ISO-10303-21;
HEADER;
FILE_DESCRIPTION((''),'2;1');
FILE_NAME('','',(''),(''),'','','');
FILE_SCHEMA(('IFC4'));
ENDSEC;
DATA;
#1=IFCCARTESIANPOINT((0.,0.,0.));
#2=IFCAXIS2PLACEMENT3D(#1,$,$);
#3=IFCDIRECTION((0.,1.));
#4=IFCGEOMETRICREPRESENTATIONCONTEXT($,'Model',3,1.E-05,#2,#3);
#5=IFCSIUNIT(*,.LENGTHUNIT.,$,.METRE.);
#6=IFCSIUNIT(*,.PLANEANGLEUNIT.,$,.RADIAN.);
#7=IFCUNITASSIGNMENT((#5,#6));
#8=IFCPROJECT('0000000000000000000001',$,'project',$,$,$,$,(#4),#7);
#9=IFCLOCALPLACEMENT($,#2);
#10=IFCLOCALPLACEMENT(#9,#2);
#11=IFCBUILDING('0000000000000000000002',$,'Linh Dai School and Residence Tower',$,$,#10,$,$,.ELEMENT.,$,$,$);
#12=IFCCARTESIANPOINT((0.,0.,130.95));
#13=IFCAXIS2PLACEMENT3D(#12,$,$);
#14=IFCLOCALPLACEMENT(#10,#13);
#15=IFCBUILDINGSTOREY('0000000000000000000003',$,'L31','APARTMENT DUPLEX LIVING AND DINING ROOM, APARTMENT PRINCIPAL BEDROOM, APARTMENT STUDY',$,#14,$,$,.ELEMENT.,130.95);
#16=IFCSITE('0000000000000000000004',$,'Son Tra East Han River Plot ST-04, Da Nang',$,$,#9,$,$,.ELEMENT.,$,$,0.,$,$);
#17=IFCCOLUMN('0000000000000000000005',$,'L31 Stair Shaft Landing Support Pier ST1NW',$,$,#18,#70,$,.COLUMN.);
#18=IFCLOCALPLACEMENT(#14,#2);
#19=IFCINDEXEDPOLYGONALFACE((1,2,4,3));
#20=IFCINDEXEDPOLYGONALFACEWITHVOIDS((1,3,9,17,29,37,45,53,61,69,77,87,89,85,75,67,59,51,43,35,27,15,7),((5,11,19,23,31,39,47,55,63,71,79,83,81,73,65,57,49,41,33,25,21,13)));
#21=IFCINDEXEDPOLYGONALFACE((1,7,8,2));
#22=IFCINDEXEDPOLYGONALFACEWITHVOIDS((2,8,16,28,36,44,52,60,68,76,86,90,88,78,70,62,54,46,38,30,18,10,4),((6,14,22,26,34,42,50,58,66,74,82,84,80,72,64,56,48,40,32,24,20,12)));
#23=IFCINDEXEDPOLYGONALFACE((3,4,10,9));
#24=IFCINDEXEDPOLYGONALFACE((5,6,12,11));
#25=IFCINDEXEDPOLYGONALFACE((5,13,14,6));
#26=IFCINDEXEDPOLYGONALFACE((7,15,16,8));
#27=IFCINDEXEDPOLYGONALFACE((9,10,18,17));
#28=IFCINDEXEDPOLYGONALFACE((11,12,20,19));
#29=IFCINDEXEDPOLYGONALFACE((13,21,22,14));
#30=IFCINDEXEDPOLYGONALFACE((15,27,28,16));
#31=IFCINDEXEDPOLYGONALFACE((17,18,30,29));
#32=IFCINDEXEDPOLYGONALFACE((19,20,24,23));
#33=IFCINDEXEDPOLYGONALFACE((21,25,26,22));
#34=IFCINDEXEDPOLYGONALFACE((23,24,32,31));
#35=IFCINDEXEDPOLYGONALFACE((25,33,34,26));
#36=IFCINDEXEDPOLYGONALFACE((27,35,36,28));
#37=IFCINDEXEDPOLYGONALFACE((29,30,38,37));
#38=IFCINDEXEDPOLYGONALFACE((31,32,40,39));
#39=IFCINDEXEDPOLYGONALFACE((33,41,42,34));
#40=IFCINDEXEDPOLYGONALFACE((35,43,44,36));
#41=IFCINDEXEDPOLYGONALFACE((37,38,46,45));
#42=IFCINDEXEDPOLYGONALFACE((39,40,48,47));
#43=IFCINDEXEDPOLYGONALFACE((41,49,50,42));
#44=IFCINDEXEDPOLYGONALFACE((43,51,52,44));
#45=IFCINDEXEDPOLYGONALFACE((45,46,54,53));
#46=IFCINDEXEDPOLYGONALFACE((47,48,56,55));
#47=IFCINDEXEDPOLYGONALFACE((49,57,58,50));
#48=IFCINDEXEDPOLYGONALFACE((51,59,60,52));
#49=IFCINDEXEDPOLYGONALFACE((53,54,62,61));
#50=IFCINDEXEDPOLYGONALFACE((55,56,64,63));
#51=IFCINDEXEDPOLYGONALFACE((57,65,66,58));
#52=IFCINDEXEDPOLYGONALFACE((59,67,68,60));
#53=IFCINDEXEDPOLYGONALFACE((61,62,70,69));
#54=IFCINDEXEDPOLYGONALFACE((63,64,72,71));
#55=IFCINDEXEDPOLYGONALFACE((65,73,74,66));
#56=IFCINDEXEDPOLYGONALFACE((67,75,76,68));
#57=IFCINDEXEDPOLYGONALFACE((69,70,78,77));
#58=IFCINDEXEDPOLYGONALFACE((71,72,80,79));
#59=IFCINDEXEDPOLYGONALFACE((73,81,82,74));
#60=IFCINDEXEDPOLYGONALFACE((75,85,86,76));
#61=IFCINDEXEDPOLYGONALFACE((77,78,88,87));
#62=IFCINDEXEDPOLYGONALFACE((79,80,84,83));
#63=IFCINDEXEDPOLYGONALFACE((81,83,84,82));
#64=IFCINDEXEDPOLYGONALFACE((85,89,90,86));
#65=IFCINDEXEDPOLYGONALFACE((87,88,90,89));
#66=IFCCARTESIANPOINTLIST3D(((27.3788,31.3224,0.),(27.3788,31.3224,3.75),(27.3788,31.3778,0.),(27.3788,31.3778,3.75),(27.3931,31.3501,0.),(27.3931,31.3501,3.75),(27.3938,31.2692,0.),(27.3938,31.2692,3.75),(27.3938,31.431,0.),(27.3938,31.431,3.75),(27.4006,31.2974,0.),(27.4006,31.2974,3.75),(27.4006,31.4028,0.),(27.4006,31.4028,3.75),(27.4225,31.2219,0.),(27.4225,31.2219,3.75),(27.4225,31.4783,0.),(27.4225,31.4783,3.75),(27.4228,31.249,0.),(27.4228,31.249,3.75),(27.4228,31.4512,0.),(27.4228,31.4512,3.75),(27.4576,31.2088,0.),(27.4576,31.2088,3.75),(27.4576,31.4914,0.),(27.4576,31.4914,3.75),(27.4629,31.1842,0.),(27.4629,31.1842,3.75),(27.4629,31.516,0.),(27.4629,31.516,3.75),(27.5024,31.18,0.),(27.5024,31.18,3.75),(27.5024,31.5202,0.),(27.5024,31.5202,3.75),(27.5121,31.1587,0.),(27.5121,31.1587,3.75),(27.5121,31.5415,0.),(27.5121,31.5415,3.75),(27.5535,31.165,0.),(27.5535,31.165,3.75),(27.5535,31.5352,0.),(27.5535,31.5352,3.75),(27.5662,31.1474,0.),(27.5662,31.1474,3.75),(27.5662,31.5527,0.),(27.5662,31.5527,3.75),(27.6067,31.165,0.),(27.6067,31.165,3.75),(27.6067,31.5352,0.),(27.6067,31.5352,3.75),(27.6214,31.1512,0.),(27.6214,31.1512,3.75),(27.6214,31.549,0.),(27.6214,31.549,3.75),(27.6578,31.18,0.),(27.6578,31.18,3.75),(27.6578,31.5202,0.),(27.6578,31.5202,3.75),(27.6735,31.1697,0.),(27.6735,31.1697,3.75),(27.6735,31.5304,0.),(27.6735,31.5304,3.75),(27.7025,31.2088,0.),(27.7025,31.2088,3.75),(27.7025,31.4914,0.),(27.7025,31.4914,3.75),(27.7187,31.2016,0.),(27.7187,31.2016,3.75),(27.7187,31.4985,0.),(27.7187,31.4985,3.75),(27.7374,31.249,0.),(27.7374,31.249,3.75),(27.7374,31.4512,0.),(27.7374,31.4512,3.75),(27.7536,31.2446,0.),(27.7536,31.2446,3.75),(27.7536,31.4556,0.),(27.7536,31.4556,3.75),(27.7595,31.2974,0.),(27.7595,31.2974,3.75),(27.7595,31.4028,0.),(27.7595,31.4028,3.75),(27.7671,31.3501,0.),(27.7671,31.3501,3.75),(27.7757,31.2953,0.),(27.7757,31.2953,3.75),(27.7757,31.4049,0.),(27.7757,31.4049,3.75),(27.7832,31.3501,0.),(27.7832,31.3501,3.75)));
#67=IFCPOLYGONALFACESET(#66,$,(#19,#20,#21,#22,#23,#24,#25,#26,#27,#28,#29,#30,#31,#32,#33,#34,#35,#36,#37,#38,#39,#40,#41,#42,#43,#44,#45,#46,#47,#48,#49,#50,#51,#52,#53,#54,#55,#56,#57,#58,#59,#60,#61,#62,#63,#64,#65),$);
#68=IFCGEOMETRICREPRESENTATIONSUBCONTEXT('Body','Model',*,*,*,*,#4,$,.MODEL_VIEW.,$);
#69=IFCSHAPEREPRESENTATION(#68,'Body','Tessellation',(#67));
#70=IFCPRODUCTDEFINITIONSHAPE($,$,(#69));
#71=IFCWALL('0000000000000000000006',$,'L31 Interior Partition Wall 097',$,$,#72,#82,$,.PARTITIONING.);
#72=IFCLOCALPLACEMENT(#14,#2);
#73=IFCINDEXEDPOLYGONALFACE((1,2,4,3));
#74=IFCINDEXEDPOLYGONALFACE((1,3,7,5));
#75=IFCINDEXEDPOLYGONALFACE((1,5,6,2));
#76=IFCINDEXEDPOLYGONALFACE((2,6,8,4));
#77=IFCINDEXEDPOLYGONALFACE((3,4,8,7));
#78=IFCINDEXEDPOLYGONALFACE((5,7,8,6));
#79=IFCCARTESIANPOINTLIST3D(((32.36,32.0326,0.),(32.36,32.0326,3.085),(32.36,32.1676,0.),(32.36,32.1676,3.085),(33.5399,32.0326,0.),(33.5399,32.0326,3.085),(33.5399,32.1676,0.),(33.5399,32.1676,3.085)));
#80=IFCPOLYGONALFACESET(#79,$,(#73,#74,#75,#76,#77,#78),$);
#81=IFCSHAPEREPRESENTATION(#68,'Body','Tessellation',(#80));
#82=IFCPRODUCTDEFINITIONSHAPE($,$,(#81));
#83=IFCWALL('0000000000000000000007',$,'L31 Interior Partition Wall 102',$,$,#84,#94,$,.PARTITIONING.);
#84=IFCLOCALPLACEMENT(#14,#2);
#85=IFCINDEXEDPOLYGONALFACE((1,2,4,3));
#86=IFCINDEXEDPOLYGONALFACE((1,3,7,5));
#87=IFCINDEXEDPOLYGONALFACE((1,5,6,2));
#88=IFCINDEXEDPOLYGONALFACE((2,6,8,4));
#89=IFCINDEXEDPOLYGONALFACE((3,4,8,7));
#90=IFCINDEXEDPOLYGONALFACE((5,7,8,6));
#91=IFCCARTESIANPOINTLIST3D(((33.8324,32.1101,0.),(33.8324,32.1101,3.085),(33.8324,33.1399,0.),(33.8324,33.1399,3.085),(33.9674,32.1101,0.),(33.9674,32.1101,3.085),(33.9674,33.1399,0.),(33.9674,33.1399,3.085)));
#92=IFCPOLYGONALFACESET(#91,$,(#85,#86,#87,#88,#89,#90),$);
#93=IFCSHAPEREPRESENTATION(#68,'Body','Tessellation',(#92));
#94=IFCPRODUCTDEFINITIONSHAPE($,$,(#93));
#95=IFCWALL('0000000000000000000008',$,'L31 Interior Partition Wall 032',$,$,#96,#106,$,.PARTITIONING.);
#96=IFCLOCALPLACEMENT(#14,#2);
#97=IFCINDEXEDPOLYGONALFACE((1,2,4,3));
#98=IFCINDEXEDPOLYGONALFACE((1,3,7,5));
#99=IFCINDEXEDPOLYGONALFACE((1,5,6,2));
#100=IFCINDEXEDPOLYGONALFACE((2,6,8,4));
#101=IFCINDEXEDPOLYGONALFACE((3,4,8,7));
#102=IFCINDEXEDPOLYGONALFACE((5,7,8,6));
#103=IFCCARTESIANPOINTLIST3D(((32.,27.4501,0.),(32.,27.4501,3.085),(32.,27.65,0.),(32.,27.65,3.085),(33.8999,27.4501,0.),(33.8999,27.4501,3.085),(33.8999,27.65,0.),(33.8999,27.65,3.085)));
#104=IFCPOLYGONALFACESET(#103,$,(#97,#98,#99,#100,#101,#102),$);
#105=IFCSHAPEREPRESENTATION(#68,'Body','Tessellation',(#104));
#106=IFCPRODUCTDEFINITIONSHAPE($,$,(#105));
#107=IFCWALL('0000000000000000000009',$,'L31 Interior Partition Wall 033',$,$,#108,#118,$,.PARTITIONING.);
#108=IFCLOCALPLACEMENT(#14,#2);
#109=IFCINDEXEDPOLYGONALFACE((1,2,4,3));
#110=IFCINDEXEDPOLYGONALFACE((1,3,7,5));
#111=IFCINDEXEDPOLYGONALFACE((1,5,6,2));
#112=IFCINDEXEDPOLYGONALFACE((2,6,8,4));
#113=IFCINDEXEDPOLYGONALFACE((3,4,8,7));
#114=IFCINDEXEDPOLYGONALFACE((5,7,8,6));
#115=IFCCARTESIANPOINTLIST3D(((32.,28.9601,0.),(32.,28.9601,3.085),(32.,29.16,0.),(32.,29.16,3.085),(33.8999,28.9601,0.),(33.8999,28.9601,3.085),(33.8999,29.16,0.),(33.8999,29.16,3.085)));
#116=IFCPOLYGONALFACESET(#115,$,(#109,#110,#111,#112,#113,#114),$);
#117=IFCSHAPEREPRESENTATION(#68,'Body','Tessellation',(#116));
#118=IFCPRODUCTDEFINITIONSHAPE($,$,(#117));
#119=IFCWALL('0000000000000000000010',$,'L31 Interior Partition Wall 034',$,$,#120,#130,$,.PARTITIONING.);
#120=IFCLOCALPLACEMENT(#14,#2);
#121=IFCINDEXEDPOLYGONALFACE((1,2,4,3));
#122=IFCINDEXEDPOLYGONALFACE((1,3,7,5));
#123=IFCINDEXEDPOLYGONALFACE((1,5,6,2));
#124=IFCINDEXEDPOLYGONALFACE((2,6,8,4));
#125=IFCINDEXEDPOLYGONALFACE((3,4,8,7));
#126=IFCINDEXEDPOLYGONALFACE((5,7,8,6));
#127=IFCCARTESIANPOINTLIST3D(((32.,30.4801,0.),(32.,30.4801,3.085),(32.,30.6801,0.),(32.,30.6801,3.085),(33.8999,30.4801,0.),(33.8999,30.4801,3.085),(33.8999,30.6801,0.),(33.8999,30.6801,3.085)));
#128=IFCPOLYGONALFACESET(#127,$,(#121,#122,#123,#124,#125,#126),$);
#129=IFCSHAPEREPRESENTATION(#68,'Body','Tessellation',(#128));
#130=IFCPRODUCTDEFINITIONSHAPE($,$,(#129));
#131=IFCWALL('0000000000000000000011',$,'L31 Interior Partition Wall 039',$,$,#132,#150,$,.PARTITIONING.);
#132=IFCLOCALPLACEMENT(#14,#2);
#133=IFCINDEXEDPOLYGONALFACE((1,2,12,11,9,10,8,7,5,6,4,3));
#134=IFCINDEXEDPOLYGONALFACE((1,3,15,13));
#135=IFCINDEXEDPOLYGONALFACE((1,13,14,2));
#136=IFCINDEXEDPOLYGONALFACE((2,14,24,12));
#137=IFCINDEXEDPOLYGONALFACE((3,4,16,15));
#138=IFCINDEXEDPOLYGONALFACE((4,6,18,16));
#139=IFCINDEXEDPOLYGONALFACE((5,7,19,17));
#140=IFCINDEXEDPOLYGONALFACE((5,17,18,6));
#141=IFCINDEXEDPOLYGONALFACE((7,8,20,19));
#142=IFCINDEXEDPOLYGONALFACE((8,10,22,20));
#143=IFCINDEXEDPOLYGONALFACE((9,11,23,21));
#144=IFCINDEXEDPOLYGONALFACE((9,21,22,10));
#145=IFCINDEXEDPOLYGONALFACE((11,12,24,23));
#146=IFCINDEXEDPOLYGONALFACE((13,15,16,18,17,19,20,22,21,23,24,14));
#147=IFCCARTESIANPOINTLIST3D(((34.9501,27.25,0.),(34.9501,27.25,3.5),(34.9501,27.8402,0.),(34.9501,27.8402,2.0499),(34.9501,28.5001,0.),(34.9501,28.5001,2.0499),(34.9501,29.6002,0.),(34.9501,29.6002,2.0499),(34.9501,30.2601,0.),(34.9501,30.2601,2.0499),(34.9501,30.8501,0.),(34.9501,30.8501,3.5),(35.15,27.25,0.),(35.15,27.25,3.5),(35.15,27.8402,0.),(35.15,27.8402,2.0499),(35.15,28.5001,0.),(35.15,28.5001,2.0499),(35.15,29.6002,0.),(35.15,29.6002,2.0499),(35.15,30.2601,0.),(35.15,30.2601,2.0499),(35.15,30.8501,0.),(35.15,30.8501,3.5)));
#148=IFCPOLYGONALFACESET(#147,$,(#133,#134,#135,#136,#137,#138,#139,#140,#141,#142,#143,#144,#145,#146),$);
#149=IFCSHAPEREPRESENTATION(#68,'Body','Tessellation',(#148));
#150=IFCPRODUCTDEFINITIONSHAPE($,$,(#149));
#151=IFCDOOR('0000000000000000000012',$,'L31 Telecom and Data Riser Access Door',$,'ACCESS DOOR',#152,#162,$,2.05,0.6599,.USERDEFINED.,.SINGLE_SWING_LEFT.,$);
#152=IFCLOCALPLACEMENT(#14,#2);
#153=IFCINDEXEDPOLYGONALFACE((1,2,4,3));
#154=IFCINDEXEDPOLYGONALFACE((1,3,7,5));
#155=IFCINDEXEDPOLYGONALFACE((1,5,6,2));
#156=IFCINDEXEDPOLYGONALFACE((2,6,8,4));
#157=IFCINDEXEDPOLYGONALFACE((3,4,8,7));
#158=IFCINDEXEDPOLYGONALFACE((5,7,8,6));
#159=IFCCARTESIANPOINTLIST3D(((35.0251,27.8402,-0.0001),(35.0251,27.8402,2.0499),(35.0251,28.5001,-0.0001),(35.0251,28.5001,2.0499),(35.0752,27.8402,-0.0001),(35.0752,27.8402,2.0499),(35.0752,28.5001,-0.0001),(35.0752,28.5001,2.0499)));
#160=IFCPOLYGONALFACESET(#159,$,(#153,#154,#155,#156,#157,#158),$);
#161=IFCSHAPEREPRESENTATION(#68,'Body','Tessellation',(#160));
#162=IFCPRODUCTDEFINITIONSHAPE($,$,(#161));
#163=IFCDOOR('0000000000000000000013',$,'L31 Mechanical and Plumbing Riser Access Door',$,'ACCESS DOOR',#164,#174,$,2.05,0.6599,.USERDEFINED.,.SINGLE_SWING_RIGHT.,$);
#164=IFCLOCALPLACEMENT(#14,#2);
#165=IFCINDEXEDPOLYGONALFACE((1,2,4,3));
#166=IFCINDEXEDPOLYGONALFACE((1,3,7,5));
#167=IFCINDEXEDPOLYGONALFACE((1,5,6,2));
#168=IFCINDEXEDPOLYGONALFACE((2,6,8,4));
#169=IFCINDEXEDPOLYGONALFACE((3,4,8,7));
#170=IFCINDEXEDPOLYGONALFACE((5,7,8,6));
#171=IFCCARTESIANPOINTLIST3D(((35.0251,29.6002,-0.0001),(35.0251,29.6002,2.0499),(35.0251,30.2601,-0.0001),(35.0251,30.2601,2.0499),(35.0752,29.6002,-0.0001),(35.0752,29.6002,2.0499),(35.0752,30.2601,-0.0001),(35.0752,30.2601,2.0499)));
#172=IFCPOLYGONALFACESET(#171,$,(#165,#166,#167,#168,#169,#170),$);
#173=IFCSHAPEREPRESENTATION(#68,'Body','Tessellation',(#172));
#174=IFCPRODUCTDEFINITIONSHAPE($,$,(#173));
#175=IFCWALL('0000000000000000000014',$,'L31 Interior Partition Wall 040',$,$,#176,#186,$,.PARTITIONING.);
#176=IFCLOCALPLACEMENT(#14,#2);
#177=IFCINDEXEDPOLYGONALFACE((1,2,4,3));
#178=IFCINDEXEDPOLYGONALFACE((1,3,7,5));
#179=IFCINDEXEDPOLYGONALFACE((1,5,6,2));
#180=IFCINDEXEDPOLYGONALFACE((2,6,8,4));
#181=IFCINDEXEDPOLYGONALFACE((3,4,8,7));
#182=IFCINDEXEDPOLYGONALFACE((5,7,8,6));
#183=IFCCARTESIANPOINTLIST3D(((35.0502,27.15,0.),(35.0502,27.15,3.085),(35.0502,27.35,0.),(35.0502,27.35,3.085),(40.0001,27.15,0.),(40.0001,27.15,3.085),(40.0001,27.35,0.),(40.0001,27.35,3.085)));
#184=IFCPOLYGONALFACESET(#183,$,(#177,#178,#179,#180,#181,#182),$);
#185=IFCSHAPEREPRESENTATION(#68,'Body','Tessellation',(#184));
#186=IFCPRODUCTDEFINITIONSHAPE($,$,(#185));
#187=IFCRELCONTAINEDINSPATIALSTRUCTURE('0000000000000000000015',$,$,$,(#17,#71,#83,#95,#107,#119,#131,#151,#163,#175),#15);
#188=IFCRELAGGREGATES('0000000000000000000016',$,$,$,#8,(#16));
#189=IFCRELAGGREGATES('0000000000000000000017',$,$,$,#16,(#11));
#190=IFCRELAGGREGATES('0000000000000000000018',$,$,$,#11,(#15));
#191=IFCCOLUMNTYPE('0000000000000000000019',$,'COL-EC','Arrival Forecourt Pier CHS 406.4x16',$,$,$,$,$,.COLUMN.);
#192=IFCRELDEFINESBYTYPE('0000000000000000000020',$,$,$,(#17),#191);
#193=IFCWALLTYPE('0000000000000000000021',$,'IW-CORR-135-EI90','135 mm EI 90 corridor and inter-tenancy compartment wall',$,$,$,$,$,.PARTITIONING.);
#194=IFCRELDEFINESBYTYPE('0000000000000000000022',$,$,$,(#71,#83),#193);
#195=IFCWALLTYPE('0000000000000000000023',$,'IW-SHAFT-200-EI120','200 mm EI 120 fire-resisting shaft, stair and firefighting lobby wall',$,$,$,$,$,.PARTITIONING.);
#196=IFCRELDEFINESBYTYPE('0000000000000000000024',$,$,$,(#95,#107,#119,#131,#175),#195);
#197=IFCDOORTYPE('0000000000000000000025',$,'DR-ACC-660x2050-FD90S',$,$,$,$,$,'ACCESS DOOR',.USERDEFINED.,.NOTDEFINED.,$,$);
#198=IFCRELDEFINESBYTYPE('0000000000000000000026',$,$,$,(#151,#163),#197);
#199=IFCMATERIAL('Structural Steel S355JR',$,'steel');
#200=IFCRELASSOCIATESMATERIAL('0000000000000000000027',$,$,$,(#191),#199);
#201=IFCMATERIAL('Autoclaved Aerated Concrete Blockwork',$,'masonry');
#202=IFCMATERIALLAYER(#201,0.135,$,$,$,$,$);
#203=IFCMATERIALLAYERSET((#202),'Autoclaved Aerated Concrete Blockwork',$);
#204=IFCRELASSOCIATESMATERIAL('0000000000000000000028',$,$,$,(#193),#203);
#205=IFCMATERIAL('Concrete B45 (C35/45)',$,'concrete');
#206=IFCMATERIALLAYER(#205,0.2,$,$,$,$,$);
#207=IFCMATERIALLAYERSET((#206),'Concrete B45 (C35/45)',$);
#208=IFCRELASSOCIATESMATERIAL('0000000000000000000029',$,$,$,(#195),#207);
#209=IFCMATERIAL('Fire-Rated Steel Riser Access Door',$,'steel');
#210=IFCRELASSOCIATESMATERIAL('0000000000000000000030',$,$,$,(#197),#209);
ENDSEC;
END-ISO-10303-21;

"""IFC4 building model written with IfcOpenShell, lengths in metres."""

from ifc_helpers import new_model, si_unit, direction, frame, frame_2d, origin, origin_2d, place, context, subcontext, project, spatial, rectangle, hollow_circle, extrude, source, transform, mapped, material, layer, layer_set, material_profile, profile_set, type_object, element, fill, save


model = new_model("IFC4")

# Units and contexts
model_context = context("Model", 3, precision=1e-05, world=origin(), true_north=direction((0.0, 1.0)))
body_context = subcontext(model_context, "Body", "Model", "MODEL_VIEW")
ifc_project = project(units=[si_unit("LENGTHUNIT", "METRE"), si_unit("PLANEANGLEUNIT", "RADIAN")], contexts=[model_context])

# Site, building, storey
site_placement = place(None, origin())
site = spatial("IfcSite", under=ifc_project, at=site_placement, Name="Son Tra East Han River Plot ST-04, Da Nang", CompositionType="ELEMENT", RefElevation=0.0)
building_placement = place(site_placement, origin())
building = spatial("IfcBuilding", under=site, at=building_placement, Name="Linh Dai School and Residence Tower", CompositionType="ELEMENT")
storey_placement = place(building_placement, frame((0.0, 0.0, 130.95)))
storey = spatial("IfcBuildingStorey", under=building, at=storey_placement, Name="L31", Description="APARTMENT DUPLEX LIVING AND DINING ROOM, APARTMENT PRINCIPAL BEDROOM, APARTMENT STUDY", CompositionType="ELEMENT", Elevation=130.95)

# Column
ifc_material_1 = material(Name="Structural Steel S355JR", Category="steel")
ifc_material_profile = material_profile(ifc_material_1, hollow_circle(Radius=0.2031, WallThickness=0.0161, at=origin_2d()), Name="CHS 406.4x16")
ifc_profile_set = profile_set([ifc_material_profile], Name="Structural Steel S355JR")
column_type = type_object("IfcColumnType", Name="COL-EC", Description="Arrival Forecourt Pier CHS 406.4x16", PredefinedType="COLUMN", material=ifc_profile_set)
column_placement = place(storey_placement, frame((27.5801, 31.3501, 0.0), z_axis=(0.0, 0.0, 1.0), x_axis=(1.0, 0.0, 0.0)))
element("IfcColumn", 1, at=column_placement, inside=storey, type_object=column_type, Name="L31 Stair Shaft Landing Support Pier ST1NW", PredefinedType="COLUMN", context=body_context, shape_type="SweptSolid", body=[
    extrude(hollow_circle(Radius=0.2031, WallThickness=0.0161, at=origin_2d()), origin(), (0.0, 0.0, 1.0), 3.75),
])

# Walls
ifc_material_2 = material(Name="Autoclaved Aerated Concrete Blockwork", Category="masonry")
ifc_layer_1 = layer(ifc_material_2, 0.135)
ifc_layer_set_1 = layer_set([ifc_layer_1], Name="Autoclaved Aerated Concrete Blockwork")
wall_type_1 = type_object("IfcWallType", Name="IW-CORR-135-EI90", Description="135 mm EI 90 corridor and inter-tenancy compartment wall", PredefinedType="PARTITIONING", material=ifc_layer_set_1)
wall_1_placement = place(storey_placement, frame((32.3601, 32.1001, 0.0), z_axis=(0.0, 0.0, 1.0), x_axis=(1.0, 0.0, 0.0)))
element("IfcWall", 2, at=wall_1_placement, inside=storey, type_object=wall_type_1, Name="L31 Interior Partition Wall 097", PredefinedType="PARTITIONING", context=body_context, shape_type="SweptSolid", body=[
    extrude(rectangle(XDim=1.1799, YDim=0.135, at=frame_2d((0.5898, 0.0))), origin(), (0.0, 0.0, 1.0), 3.085),
])
wall_2_placement = place(storey_placement, frame((33.8999, 32.1101, 0.0), z_axis=(0.0, 0.0, 1.0), x_axis=(0.0, 1.0, 0.0)))
element("IfcWall", 3, at=wall_2_placement, inside=storey, type_object=wall_type_1, Name="L31 Interior Partition Wall 102", PredefinedType="PARTITIONING", context=body_context, shape_type="SweptSolid", body=[
    extrude(rectangle(XDim=1.0298, YDim=0.135, at=frame_2d((0.5149, 0.0))), origin(), (0.0, 0.0, 1.0), 3.085),
])
ifc_material_3 = material(Name="Concrete B45 (C35/45)", Category="concrete")
ifc_layer_2 = layer(ifc_material_3, 0.2)
ifc_layer_set_2 = layer_set([ifc_layer_2], Name="Concrete B45 (C35/45)")
wall_type_2 = type_object("IfcWallType", Name="IW-SHAFT-200-EI120", Description="200 mm EI 120 fire-resisting shaft, stair and firefighting lobby wall", PredefinedType="PARTITIONING", material=ifc_layer_set_2)
for number, where, z_axis, x_axis, name in (
    (4, (32.0, 27.55, 0.0), (0.0, 0.0, 1.0), (1.0, 0.0, 0.0), "L31 Interior Partition Wall 032"),
    (5, (32.0, 29.0601, 0.0), (0.0, 0.0, 1.0), (1.0, 0.0, 0.0), "L31 Interior Partition Wall 033"),
    (6, (32.0, 30.5801, 0.0), (0.0, 0.0, 1.0), (1.0, 0.0, 0.0), "L31 Interior Partition Wall 034"),
):
    element("IfcWall", number, at=place(storey_placement, frame(where, z_axis=z_axis, x_axis=x_axis)), inside=storey, type_object=wall_type_2, Name=name, PredefinedType="PARTITIONING", context=body_context, shape_type="SweptSolid", body=[
        extrude(rectangle(XDim=1.8999, YDim=0.2, at=frame_2d((0.95, 0.0))), origin(), (0.0, 0.0, 1.0), 3.085),
    ])

# Wall, openings, doors
wall_3_placement = place(storey_placement, frame((35.05, 27.25, 0.0), z_axis=(0.0, 0.0, 1.0), x_axis=(0.0, 1.0, 0.0)))
wall_3 = element("IfcWall", 7, at=wall_3_placement, inside=storey, type_object=wall_type_2, Name="L31 Interior Partition Wall 039", PredefinedType="PARTITIONING", context=body_context, shape_type="SweptSolid", body=[
    extrude(rectangle(XDim=3.6001, YDim=0.2, at=frame_2d((1.8, 0.0))), origin(), (0.0, 0.0, 1.0), 3.5),
])
opening_1_placement = place(wall_3_placement, frame((0.5901, 0.0, 0.0)))
opening_1 = element("IfcOpeningElement", 8, at=opening_1_placement, cuts=wall_3, PredefinedType="OPENING", context=body_context, shape_type="SweptSolid", body=[
    extrude(rectangle(XDim=0.6599, YDim=2.05, at=origin_2d()), frame((0.3301, 0.1099, 1.0249), z_axis=(0.0, -1.0, 0.0), x_axis=(1.0, 0.0, 0.0)), (0.0, 0.0, 1.0), 0.22),
])
opening_2_placement = place(wall_3_placement, frame((2.3501, 0.0, 0.0)))
opening_2 = element("IfcOpeningElement", 9, at=opening_2_placement, cuts=wall_3, PredefinedType="OPENING", context=body_context, shape_type="SweptSolid", body=[
    extrude(rectangle(XDim=0.6599, YDim=2.05, at=origin_2d()), frame((0.3301, 0.1099, 1.0249), z_axis=(0.0, -1.0, 0.0), x_axis=(1.0, 0.0, 0.0)), (0.0, 0.0, 1.0), 0.22),
])
ifc_material_4 = material(Name="Fire-Rated Steel Riser Access Door", Category="steel")
door_type_1 = type_object("IfcDoorType", Name="DR-ACC-660x2050-FD90S", ElementType="ACCESS DOOR", OperationType="NOTDEFINED", PredefinedType="USERDEFINED", material=ifc_material_4)
shared_shape_1 = source(origin(), body_context, "Body", "SweptSolid", [
    extrude(rectangle(XDim=0.6599, YDim=2.05, at=origin_2d()), frame((0.3301, 0.0249, 1.0249), z_axis=(0.0, -1.0, 0.0), x_axis=(1.0, 0.0, 0.0)), (0.0, 0.0, 1.0), 0.05),
])
door_1_placement = place(opening_1_placement, origin())
door_1 = element("IfcDoor", 10, at=door_1_placement, inside=storey, type_object=door_type_1, Name="L31 Telecom and Data Riser Access Door", ObjectType="ACCESS DOOR", OperationType="SINGLE_SWING_LEFT", OverallHeight=2.05, OverallWidth=0.6599, PredefinedType="USERDEFINED", context=body_context, shape_type="MappedRepresentation", body=[
    mapped(shared_shape_1, transform((0.0, 0.0, 0.0), x_axis=(1.0, 0.0, 0.0), y_axis=(0.0, 1.0, 0.0), z_axis=(0.0, 0.0, 1.0), scale=1.0)),
])
fill(opening_1, door_1)
door_2_placement = place(opening_2_placement, origin())
door_2 = element("IfcDoor", 11, at=door_2_placement, inside=storey, type_object=door_type_1, Name="L31 Mechanical and Plumbing Riser Access Door", ObjectType="ACCESS DOOR", OperationType="SINGLE_SWING_RIGHT", OverallHeight=2.05, OverallWidth=0.6599, PredefinedType="USERDEFINED", context=body_context, shape_type="MappedRepresentation", body=[
    mapped(shared_shape_1, transform((0.0, 0.0, 0.0), x_axis=(1.0, 0.0, 0.0), y_axis=(0.0, 1.0, 0.0), z_axis=(0.0, 0.0, 1.0), scale=1.0)),
])
fill(opening_2, door_2)

# Wall
wall_4_placement = place(storey_placement, frame((35.05, 27.25, 0.0), z_axis=(0.0, 0.0, 1.0), x_axis=(1.0, 0.0, 0.0)))
element("IfcWall", 12, at=wall_4_placement, inside=storey, type_object=wall_type_2, Name="L31 Interior Partition Wall 040", PredefinedType="PARTITIONING", context=body_context, shape_type="SweptSolid", body=[
    extrude(rectangle(XDim=4.95, YDim=0.2, at=frame_2d((2.4751, 0.0))), origin(), (0.0, 0.0, 1.0), 3.085),
])

save(model, "model.ifc")
